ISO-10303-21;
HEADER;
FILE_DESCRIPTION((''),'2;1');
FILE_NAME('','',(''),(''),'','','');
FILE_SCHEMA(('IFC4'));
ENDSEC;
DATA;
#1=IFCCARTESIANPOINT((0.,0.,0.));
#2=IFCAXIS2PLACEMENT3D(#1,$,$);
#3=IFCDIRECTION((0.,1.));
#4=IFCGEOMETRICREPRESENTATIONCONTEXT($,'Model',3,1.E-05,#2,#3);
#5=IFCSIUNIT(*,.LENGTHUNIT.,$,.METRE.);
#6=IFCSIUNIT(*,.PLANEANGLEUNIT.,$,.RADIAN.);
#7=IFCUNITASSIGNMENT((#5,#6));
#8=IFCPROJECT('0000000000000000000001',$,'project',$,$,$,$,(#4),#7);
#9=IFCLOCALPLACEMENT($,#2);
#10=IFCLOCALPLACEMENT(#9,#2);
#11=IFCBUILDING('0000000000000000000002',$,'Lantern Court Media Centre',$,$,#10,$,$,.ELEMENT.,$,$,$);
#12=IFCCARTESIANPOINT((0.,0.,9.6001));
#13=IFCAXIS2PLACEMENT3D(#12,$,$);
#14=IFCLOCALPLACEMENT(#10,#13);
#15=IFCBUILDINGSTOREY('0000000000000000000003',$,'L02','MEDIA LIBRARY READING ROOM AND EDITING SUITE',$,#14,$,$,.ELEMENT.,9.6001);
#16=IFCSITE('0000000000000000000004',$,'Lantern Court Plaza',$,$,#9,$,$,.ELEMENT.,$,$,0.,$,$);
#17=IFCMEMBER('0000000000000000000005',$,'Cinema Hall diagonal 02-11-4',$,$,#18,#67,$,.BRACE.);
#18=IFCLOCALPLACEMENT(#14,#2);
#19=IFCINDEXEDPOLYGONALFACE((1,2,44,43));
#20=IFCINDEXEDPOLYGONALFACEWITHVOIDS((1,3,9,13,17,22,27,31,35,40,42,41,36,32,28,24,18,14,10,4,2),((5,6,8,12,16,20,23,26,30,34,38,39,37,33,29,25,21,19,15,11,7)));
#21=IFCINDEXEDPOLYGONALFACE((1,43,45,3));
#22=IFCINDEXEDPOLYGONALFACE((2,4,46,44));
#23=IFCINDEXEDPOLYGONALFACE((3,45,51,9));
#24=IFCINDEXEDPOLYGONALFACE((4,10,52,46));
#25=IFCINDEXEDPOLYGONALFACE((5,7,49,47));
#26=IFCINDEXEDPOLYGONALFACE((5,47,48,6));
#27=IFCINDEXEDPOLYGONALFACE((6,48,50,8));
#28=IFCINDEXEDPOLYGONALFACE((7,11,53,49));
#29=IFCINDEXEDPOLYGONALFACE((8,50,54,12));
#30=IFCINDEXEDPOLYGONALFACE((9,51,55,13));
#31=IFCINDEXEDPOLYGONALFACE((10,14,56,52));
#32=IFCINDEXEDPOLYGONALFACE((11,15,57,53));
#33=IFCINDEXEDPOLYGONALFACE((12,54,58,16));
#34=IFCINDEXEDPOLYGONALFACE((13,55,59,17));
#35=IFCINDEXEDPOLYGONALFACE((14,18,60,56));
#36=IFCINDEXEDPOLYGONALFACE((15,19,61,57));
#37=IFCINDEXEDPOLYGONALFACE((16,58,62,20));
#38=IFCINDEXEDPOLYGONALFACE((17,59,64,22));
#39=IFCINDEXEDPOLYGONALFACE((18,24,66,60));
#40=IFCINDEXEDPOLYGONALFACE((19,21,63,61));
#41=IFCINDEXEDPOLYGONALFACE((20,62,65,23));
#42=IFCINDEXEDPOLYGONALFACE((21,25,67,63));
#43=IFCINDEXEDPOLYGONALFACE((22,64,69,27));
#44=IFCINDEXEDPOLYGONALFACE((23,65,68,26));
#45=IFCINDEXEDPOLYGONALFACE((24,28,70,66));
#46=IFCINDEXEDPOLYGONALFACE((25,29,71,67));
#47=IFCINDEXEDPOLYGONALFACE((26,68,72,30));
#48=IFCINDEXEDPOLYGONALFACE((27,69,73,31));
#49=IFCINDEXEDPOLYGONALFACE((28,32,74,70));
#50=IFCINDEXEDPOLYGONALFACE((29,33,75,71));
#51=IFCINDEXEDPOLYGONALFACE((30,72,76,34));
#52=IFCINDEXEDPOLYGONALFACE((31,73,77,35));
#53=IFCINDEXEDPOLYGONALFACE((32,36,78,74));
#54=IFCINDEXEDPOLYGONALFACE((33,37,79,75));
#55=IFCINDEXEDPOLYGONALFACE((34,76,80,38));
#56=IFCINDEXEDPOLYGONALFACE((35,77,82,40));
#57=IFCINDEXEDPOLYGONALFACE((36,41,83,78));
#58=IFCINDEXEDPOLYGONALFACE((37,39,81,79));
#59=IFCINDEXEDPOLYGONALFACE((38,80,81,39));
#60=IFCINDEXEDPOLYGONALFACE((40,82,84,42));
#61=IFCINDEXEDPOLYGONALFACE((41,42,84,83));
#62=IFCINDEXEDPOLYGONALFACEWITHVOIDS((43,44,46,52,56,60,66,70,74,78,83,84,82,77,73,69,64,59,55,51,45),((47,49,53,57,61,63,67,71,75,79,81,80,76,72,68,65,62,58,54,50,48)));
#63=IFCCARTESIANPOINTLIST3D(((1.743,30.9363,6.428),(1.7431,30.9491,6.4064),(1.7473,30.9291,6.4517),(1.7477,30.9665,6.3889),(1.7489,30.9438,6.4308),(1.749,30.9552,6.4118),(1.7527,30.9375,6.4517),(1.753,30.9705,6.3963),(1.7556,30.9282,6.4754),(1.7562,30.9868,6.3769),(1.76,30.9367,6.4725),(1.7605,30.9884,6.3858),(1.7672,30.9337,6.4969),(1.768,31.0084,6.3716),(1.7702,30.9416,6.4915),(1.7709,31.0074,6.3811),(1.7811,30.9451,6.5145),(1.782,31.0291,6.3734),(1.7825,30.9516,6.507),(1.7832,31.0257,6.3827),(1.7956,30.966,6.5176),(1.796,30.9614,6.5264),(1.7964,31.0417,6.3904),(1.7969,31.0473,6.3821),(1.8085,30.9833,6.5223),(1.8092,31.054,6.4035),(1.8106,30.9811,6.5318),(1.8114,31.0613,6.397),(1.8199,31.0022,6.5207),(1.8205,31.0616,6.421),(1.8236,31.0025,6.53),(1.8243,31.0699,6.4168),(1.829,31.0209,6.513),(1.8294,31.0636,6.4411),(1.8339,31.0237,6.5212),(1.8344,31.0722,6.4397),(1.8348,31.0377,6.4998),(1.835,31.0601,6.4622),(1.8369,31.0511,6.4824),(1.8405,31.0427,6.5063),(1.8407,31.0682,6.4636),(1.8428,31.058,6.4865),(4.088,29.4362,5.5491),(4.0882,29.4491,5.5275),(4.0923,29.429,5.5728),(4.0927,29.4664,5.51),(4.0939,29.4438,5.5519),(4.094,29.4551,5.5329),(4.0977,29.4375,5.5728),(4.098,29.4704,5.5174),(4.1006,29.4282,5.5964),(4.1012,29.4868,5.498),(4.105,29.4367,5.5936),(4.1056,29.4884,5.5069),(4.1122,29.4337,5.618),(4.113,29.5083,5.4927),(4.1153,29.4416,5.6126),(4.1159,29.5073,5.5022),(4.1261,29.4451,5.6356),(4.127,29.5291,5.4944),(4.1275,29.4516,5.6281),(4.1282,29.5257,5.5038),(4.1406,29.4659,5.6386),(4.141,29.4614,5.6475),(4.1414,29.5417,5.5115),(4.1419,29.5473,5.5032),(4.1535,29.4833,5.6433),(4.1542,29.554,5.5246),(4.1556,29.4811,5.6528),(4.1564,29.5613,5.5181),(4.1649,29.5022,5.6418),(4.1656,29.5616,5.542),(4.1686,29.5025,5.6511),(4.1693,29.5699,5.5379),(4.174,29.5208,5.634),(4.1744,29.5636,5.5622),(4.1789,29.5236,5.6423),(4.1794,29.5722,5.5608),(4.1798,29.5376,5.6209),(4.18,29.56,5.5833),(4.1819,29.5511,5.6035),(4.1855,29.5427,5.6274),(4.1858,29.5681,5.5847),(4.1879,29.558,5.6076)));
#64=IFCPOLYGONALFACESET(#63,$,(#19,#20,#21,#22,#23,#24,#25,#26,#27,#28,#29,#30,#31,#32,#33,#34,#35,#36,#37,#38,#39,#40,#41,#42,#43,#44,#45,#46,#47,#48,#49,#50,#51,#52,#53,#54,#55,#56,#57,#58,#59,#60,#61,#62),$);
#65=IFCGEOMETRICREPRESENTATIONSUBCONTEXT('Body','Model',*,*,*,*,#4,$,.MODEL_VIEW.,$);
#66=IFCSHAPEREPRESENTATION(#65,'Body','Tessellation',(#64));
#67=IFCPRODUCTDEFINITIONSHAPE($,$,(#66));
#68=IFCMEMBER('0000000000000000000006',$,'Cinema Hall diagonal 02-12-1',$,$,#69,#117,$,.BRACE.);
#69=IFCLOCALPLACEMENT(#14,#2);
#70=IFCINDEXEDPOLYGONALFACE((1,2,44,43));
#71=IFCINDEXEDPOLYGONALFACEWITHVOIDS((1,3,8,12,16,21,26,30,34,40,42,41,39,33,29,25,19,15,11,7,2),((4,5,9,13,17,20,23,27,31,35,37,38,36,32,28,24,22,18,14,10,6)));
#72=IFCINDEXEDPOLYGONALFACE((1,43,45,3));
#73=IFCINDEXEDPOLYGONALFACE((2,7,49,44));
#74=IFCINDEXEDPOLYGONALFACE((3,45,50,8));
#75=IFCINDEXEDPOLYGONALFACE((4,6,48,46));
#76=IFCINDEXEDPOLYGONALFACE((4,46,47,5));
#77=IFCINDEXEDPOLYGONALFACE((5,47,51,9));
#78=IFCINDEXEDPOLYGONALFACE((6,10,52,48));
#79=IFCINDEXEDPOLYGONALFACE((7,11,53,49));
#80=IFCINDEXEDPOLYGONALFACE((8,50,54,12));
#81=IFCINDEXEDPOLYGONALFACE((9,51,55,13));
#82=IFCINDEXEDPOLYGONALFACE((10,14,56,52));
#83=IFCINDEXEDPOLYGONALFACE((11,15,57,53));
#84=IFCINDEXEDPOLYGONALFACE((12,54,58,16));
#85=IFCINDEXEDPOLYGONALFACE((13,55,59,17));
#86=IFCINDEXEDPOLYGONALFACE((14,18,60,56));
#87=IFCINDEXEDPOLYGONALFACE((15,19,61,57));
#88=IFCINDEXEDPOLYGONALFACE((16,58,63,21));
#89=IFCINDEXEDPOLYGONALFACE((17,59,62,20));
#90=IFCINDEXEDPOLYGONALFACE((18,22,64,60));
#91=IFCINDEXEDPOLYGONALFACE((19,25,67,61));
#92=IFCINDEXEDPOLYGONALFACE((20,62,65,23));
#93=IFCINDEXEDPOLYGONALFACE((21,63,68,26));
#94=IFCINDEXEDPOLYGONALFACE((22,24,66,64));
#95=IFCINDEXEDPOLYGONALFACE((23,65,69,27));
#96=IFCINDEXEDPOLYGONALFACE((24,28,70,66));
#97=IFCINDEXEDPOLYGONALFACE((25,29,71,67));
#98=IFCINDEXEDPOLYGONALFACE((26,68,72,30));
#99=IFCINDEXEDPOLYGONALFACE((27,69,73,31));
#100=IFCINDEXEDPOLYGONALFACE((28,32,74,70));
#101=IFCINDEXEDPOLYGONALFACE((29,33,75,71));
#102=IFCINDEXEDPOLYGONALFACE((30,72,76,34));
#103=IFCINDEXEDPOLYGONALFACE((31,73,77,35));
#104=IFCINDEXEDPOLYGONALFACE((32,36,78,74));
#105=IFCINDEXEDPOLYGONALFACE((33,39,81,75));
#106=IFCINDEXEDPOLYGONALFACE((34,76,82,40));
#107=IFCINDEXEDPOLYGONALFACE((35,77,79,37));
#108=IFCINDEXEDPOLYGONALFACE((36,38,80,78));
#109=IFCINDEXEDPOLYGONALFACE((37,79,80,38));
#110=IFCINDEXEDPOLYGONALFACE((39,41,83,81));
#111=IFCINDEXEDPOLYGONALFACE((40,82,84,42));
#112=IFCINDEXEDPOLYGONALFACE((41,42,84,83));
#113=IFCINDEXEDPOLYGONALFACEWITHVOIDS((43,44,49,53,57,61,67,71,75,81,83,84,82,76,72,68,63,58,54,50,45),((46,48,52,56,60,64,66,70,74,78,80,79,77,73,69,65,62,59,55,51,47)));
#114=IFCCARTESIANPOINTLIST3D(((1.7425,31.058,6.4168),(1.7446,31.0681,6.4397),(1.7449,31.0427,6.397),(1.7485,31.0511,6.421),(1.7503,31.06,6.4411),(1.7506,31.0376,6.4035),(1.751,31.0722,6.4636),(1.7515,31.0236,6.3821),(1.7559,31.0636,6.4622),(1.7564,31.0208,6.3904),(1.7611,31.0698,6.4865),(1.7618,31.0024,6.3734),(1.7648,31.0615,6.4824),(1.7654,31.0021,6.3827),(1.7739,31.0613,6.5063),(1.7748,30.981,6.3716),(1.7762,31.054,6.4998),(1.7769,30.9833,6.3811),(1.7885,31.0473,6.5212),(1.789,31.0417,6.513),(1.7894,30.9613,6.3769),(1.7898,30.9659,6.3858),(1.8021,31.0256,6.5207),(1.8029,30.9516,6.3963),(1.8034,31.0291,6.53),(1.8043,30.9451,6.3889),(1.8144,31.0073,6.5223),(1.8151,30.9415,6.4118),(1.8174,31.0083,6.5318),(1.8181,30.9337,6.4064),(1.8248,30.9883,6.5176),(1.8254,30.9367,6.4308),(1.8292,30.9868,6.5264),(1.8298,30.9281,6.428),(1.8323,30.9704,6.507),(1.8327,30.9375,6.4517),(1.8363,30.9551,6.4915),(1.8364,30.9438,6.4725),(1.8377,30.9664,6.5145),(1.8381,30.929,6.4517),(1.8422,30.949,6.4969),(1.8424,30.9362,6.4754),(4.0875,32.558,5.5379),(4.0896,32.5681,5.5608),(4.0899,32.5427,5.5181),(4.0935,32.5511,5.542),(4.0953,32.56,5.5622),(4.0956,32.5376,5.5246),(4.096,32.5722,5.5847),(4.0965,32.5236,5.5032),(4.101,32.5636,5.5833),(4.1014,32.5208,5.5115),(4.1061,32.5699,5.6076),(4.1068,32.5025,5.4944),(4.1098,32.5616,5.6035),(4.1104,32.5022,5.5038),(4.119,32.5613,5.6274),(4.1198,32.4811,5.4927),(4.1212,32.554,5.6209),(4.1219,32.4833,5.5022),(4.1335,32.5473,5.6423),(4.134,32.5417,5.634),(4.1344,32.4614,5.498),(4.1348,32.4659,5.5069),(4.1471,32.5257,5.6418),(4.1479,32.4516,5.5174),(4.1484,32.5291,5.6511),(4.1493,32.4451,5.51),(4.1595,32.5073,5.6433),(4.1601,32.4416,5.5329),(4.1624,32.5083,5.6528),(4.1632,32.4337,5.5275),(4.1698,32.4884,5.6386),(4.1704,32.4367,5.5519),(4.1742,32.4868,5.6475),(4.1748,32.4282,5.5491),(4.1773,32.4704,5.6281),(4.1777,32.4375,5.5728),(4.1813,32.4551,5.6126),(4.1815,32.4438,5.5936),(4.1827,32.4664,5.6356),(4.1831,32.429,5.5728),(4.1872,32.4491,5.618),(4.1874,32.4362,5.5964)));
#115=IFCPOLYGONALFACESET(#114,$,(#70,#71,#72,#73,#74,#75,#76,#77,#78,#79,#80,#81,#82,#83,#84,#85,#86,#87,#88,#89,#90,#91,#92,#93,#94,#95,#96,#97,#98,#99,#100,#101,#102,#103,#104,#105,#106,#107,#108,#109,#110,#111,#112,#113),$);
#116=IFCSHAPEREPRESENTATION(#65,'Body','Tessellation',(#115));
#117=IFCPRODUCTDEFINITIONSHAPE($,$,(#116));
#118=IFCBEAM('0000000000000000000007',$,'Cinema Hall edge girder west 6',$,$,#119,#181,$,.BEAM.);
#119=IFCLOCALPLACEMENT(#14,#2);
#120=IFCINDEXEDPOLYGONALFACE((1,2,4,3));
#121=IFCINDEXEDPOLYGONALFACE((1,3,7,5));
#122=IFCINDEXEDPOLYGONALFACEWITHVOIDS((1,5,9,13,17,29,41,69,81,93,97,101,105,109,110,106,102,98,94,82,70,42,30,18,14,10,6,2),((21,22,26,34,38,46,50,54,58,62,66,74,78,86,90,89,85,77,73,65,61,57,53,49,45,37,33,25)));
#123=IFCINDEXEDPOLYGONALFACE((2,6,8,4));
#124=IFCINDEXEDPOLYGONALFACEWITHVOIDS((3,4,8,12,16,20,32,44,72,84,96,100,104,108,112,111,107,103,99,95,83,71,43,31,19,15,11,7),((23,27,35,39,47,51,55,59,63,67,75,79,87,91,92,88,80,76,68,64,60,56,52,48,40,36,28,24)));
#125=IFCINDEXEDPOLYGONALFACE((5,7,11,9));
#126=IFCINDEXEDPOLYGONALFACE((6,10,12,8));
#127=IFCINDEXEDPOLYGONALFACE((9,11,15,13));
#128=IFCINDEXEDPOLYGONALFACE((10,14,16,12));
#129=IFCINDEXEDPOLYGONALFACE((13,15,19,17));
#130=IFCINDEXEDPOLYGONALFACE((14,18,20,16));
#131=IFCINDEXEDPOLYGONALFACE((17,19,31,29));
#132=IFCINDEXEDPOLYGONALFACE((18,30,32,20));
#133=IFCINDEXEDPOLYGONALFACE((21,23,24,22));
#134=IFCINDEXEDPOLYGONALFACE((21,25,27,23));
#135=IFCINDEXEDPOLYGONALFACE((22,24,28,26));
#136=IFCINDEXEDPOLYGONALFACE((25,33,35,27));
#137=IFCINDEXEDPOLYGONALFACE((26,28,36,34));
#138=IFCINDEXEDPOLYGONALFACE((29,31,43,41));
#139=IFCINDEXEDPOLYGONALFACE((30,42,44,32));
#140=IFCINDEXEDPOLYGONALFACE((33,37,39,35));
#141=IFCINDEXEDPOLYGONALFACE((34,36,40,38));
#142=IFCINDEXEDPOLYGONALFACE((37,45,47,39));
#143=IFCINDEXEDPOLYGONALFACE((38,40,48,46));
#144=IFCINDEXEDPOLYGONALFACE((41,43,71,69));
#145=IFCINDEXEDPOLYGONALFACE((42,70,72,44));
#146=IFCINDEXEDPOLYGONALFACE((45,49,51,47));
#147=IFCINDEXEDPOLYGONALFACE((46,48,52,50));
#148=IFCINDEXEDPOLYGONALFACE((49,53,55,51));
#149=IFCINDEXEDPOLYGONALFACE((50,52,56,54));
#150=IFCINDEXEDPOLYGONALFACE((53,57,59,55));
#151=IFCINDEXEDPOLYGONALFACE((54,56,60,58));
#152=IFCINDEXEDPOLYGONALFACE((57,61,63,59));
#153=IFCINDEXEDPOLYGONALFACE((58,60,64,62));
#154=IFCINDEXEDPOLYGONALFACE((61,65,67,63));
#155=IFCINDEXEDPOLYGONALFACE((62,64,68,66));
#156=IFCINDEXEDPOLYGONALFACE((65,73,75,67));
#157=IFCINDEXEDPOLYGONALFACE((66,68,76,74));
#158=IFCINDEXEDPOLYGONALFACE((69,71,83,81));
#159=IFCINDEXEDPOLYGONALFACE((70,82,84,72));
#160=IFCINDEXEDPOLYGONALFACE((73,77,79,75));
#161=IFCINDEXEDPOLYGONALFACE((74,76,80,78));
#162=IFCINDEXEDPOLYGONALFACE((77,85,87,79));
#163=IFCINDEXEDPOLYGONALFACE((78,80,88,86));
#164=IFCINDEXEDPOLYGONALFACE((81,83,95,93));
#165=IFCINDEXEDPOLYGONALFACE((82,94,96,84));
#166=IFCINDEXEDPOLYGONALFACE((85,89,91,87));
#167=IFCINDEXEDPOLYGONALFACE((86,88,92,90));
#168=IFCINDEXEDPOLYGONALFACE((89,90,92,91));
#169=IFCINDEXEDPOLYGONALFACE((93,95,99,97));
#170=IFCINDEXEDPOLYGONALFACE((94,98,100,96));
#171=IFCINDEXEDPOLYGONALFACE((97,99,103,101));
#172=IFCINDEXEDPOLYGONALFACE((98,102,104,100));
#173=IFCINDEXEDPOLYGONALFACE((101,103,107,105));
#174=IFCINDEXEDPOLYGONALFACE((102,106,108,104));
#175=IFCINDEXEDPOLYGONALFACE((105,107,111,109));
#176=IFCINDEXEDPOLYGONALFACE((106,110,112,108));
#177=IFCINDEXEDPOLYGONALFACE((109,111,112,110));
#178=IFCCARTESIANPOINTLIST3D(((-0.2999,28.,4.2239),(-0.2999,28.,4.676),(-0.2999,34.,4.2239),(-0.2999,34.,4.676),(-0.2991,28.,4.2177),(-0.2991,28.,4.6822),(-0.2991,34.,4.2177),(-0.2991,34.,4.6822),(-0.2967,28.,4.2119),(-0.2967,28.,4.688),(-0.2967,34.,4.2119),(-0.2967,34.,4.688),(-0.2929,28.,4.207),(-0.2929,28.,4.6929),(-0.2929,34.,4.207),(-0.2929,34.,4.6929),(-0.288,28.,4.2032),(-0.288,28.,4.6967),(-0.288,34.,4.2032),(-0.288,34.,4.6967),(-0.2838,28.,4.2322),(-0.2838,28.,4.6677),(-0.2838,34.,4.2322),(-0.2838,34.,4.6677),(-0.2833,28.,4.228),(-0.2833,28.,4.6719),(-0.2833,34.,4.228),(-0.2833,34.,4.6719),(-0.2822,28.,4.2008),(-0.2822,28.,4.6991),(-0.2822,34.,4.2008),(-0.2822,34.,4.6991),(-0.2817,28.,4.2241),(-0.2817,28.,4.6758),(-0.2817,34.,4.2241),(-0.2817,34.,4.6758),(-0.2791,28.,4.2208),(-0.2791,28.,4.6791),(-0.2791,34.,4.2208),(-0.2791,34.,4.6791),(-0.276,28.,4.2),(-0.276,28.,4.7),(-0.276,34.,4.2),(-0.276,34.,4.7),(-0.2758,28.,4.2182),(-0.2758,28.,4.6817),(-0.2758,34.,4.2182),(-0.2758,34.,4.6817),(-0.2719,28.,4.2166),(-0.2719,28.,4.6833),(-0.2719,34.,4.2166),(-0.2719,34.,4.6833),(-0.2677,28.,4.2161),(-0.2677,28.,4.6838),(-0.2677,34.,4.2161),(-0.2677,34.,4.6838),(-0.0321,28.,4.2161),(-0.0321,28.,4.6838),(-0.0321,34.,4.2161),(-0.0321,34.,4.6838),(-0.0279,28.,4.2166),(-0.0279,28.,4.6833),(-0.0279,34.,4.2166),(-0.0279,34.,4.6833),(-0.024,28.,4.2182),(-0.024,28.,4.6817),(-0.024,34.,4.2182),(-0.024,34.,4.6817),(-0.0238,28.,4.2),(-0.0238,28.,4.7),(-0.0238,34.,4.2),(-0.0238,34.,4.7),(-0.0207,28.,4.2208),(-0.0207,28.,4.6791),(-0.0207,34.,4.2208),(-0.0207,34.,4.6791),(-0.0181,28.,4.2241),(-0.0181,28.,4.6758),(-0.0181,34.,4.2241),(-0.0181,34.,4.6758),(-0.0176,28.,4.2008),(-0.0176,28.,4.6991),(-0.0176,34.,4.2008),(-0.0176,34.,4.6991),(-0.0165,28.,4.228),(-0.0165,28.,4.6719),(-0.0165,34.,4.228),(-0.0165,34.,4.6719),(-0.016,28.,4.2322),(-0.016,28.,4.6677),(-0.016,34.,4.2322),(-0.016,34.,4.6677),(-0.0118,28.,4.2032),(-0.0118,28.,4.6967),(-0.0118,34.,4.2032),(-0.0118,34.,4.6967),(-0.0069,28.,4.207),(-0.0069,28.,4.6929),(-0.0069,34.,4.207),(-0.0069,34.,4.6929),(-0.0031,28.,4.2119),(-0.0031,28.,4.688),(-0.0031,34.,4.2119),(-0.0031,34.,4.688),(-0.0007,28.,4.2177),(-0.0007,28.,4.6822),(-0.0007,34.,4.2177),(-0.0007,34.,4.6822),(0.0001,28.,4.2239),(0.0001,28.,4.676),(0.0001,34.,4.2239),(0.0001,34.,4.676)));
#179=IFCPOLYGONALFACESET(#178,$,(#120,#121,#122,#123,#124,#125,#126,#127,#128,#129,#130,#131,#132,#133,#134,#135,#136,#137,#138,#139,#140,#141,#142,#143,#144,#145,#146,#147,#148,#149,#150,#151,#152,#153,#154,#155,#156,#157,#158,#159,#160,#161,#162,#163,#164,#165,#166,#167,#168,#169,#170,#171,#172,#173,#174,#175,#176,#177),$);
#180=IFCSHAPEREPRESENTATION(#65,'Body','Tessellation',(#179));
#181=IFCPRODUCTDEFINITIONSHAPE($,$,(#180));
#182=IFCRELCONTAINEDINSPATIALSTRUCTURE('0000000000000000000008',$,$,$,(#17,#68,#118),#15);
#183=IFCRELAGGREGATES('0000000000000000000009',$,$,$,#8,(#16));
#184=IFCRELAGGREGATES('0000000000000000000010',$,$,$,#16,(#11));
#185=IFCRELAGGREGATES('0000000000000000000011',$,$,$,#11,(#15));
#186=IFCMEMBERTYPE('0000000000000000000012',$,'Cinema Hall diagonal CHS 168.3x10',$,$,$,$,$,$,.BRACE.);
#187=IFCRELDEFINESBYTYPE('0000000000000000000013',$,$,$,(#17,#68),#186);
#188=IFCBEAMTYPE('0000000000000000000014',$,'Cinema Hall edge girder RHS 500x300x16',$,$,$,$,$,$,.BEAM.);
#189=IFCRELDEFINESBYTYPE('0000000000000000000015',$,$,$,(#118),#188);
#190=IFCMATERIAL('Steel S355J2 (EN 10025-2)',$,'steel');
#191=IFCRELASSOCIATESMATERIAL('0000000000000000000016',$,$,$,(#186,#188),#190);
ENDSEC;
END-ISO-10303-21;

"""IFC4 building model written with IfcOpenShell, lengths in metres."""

from ifc_helpers import new_model, si_unit, direction, frame, origin, origin_2d, place, context, subcontext, project, spatial, hollow_rectangle, hollow_circle, extrude, material, material_profile, profile_set, type_object, element, save


model = new_model("IFC4")

# Units and contexts
model_context = context("Model", 3, precision=1e-05, world=origin(), true_north=direction((0.0, 1.0)))
body_context = subcontext(model_context, "Body", "Model", "MODEL_VIEW")
ifc_project = project(units=[si_unit("LENGTHUNIT", "METRE"), si_unit("PLANEANGLEUNIT", "RADIAN")], contexts=[model_context])

# Site, building, storey
site_placement = place(None, origin())
site = spatial("IfcSite", under=ifc_project, at=site_placement, Name="Lantern Court Plaza", CompositionType="ELEMENT", RefElevation=0.0)
building_placement = place(site_placement, origin())
building = spatial("IfcBuilding", under=site, at=building_placement, Name="Lantern Court Media Centre", CompositionType="ELEMENT")
storey_placement = place(building_placement, frame((0.0, 0.0, 9.6001)))
storey = spatial("IfcBuildingStorey", under=building, at=storey_placement, Name="L02", Description="MEDIA LIBRARY READING ROOM AND EDITING SUITE", CompositionType="ELEMENT", Elevation=9.6001)

# Shared definitions
ifc_material = material(Name="Steel S355J2 (EN 10025-2)", Category="steel")

# Members
ifc_material_profile_1 = material_profile(ifc_material, hollow_circle(Radius=0.0842, WallThickness=0.01, at=origin_2d()), Name="Cinema Hall diagonal CHS 168.3x10")
ifc_profile_set_1 = profile_set([ifc_material_profile_1], Name="Steel S355J2 (EN 10025-2)")
member_type_1 = type_object("IfcMemberType", Name="Cinema Hall diagonal CHS 168.3x10", PredefinedType="BRACE", material=ifc_profile_set_1)
for number, where, z_axis, x_axis, name in (
    (1, (4.1377, 29.5, 5.5728), (-0.803309, 0.51385, 0.301084), (-0.538855, -0.842399, 0.0), "Cinema Hall diagonal 02-11-4"),
    (2, (4.1377, 32.5, 5.5728), (-0.803309, -0.51385, 0.301084), (0.538855, -0.842399, 0.0), "Cinema Hall diagonal 02-12-1"),
):
    element("IfcMember", number, at=place(storey_placement, frame(where, z_axis=z_axis, x_axis=x_axis)), inside=storey, type_object=member_type_1, Name=name, PredefinedType="BRACE", context=body_context, shape_type="SweptSolid", body=[
        extrude(hollow_circle(Radius=0.0842, WallThickness=0.01, at=origin_2d()), origin(), (0.0, 0.0, 1.0), 2.9192),
    ])

# Beam
ifc_material_profile_2 = material_profile(ifc_material, hollow_rectangle(XDim=0.3, YDim=0.5, WallThickness=0.0161, InnerFilletRadius=0.0161, OuterFilletRadius=0.0239, at=origin_2d()), Name="Cinema Hall edge girder RHS 500x300x16")
ifc_profile_set_2 = profile_set([ifc_material_profile_2], Name="Steel S355J2 (EN 10025-2)")
beam_type = type_object("IfcBeamType", Name="Cinema Hall edge girder RHS 500x300x16", PredefinedType="BEAM", material=ifc_profile_set_2)
for number, where, z_axis, x_axis, name in (
    (3, (-0.1499, 28.0, 4.45), (0.0, 1.0, 0.0), (-1.0, 0.0, 0.0), "Cinema Hall edge girder west 6"),
):
    element("IfcBeam", number, at=place(storey_placement, frame(where, z_axis=z_axis, x_axis=x_axis)), inside=storey, type_object=beam_type, Name=name, PredefinedType="BEAM", context=body_context, shape_type="SweptSolid", body=[
        extrude(hollow_rectangle(XDim=0.3, YDim=0.5, WallThickness=0.0161, InnerFilletRadius=0.0161, OuterFilletRadius=0.0239, at=origin_2d()), origin(), (0.0, 0.0, 1.0), 6.0),
    ])

save(model, "model.ifc")
